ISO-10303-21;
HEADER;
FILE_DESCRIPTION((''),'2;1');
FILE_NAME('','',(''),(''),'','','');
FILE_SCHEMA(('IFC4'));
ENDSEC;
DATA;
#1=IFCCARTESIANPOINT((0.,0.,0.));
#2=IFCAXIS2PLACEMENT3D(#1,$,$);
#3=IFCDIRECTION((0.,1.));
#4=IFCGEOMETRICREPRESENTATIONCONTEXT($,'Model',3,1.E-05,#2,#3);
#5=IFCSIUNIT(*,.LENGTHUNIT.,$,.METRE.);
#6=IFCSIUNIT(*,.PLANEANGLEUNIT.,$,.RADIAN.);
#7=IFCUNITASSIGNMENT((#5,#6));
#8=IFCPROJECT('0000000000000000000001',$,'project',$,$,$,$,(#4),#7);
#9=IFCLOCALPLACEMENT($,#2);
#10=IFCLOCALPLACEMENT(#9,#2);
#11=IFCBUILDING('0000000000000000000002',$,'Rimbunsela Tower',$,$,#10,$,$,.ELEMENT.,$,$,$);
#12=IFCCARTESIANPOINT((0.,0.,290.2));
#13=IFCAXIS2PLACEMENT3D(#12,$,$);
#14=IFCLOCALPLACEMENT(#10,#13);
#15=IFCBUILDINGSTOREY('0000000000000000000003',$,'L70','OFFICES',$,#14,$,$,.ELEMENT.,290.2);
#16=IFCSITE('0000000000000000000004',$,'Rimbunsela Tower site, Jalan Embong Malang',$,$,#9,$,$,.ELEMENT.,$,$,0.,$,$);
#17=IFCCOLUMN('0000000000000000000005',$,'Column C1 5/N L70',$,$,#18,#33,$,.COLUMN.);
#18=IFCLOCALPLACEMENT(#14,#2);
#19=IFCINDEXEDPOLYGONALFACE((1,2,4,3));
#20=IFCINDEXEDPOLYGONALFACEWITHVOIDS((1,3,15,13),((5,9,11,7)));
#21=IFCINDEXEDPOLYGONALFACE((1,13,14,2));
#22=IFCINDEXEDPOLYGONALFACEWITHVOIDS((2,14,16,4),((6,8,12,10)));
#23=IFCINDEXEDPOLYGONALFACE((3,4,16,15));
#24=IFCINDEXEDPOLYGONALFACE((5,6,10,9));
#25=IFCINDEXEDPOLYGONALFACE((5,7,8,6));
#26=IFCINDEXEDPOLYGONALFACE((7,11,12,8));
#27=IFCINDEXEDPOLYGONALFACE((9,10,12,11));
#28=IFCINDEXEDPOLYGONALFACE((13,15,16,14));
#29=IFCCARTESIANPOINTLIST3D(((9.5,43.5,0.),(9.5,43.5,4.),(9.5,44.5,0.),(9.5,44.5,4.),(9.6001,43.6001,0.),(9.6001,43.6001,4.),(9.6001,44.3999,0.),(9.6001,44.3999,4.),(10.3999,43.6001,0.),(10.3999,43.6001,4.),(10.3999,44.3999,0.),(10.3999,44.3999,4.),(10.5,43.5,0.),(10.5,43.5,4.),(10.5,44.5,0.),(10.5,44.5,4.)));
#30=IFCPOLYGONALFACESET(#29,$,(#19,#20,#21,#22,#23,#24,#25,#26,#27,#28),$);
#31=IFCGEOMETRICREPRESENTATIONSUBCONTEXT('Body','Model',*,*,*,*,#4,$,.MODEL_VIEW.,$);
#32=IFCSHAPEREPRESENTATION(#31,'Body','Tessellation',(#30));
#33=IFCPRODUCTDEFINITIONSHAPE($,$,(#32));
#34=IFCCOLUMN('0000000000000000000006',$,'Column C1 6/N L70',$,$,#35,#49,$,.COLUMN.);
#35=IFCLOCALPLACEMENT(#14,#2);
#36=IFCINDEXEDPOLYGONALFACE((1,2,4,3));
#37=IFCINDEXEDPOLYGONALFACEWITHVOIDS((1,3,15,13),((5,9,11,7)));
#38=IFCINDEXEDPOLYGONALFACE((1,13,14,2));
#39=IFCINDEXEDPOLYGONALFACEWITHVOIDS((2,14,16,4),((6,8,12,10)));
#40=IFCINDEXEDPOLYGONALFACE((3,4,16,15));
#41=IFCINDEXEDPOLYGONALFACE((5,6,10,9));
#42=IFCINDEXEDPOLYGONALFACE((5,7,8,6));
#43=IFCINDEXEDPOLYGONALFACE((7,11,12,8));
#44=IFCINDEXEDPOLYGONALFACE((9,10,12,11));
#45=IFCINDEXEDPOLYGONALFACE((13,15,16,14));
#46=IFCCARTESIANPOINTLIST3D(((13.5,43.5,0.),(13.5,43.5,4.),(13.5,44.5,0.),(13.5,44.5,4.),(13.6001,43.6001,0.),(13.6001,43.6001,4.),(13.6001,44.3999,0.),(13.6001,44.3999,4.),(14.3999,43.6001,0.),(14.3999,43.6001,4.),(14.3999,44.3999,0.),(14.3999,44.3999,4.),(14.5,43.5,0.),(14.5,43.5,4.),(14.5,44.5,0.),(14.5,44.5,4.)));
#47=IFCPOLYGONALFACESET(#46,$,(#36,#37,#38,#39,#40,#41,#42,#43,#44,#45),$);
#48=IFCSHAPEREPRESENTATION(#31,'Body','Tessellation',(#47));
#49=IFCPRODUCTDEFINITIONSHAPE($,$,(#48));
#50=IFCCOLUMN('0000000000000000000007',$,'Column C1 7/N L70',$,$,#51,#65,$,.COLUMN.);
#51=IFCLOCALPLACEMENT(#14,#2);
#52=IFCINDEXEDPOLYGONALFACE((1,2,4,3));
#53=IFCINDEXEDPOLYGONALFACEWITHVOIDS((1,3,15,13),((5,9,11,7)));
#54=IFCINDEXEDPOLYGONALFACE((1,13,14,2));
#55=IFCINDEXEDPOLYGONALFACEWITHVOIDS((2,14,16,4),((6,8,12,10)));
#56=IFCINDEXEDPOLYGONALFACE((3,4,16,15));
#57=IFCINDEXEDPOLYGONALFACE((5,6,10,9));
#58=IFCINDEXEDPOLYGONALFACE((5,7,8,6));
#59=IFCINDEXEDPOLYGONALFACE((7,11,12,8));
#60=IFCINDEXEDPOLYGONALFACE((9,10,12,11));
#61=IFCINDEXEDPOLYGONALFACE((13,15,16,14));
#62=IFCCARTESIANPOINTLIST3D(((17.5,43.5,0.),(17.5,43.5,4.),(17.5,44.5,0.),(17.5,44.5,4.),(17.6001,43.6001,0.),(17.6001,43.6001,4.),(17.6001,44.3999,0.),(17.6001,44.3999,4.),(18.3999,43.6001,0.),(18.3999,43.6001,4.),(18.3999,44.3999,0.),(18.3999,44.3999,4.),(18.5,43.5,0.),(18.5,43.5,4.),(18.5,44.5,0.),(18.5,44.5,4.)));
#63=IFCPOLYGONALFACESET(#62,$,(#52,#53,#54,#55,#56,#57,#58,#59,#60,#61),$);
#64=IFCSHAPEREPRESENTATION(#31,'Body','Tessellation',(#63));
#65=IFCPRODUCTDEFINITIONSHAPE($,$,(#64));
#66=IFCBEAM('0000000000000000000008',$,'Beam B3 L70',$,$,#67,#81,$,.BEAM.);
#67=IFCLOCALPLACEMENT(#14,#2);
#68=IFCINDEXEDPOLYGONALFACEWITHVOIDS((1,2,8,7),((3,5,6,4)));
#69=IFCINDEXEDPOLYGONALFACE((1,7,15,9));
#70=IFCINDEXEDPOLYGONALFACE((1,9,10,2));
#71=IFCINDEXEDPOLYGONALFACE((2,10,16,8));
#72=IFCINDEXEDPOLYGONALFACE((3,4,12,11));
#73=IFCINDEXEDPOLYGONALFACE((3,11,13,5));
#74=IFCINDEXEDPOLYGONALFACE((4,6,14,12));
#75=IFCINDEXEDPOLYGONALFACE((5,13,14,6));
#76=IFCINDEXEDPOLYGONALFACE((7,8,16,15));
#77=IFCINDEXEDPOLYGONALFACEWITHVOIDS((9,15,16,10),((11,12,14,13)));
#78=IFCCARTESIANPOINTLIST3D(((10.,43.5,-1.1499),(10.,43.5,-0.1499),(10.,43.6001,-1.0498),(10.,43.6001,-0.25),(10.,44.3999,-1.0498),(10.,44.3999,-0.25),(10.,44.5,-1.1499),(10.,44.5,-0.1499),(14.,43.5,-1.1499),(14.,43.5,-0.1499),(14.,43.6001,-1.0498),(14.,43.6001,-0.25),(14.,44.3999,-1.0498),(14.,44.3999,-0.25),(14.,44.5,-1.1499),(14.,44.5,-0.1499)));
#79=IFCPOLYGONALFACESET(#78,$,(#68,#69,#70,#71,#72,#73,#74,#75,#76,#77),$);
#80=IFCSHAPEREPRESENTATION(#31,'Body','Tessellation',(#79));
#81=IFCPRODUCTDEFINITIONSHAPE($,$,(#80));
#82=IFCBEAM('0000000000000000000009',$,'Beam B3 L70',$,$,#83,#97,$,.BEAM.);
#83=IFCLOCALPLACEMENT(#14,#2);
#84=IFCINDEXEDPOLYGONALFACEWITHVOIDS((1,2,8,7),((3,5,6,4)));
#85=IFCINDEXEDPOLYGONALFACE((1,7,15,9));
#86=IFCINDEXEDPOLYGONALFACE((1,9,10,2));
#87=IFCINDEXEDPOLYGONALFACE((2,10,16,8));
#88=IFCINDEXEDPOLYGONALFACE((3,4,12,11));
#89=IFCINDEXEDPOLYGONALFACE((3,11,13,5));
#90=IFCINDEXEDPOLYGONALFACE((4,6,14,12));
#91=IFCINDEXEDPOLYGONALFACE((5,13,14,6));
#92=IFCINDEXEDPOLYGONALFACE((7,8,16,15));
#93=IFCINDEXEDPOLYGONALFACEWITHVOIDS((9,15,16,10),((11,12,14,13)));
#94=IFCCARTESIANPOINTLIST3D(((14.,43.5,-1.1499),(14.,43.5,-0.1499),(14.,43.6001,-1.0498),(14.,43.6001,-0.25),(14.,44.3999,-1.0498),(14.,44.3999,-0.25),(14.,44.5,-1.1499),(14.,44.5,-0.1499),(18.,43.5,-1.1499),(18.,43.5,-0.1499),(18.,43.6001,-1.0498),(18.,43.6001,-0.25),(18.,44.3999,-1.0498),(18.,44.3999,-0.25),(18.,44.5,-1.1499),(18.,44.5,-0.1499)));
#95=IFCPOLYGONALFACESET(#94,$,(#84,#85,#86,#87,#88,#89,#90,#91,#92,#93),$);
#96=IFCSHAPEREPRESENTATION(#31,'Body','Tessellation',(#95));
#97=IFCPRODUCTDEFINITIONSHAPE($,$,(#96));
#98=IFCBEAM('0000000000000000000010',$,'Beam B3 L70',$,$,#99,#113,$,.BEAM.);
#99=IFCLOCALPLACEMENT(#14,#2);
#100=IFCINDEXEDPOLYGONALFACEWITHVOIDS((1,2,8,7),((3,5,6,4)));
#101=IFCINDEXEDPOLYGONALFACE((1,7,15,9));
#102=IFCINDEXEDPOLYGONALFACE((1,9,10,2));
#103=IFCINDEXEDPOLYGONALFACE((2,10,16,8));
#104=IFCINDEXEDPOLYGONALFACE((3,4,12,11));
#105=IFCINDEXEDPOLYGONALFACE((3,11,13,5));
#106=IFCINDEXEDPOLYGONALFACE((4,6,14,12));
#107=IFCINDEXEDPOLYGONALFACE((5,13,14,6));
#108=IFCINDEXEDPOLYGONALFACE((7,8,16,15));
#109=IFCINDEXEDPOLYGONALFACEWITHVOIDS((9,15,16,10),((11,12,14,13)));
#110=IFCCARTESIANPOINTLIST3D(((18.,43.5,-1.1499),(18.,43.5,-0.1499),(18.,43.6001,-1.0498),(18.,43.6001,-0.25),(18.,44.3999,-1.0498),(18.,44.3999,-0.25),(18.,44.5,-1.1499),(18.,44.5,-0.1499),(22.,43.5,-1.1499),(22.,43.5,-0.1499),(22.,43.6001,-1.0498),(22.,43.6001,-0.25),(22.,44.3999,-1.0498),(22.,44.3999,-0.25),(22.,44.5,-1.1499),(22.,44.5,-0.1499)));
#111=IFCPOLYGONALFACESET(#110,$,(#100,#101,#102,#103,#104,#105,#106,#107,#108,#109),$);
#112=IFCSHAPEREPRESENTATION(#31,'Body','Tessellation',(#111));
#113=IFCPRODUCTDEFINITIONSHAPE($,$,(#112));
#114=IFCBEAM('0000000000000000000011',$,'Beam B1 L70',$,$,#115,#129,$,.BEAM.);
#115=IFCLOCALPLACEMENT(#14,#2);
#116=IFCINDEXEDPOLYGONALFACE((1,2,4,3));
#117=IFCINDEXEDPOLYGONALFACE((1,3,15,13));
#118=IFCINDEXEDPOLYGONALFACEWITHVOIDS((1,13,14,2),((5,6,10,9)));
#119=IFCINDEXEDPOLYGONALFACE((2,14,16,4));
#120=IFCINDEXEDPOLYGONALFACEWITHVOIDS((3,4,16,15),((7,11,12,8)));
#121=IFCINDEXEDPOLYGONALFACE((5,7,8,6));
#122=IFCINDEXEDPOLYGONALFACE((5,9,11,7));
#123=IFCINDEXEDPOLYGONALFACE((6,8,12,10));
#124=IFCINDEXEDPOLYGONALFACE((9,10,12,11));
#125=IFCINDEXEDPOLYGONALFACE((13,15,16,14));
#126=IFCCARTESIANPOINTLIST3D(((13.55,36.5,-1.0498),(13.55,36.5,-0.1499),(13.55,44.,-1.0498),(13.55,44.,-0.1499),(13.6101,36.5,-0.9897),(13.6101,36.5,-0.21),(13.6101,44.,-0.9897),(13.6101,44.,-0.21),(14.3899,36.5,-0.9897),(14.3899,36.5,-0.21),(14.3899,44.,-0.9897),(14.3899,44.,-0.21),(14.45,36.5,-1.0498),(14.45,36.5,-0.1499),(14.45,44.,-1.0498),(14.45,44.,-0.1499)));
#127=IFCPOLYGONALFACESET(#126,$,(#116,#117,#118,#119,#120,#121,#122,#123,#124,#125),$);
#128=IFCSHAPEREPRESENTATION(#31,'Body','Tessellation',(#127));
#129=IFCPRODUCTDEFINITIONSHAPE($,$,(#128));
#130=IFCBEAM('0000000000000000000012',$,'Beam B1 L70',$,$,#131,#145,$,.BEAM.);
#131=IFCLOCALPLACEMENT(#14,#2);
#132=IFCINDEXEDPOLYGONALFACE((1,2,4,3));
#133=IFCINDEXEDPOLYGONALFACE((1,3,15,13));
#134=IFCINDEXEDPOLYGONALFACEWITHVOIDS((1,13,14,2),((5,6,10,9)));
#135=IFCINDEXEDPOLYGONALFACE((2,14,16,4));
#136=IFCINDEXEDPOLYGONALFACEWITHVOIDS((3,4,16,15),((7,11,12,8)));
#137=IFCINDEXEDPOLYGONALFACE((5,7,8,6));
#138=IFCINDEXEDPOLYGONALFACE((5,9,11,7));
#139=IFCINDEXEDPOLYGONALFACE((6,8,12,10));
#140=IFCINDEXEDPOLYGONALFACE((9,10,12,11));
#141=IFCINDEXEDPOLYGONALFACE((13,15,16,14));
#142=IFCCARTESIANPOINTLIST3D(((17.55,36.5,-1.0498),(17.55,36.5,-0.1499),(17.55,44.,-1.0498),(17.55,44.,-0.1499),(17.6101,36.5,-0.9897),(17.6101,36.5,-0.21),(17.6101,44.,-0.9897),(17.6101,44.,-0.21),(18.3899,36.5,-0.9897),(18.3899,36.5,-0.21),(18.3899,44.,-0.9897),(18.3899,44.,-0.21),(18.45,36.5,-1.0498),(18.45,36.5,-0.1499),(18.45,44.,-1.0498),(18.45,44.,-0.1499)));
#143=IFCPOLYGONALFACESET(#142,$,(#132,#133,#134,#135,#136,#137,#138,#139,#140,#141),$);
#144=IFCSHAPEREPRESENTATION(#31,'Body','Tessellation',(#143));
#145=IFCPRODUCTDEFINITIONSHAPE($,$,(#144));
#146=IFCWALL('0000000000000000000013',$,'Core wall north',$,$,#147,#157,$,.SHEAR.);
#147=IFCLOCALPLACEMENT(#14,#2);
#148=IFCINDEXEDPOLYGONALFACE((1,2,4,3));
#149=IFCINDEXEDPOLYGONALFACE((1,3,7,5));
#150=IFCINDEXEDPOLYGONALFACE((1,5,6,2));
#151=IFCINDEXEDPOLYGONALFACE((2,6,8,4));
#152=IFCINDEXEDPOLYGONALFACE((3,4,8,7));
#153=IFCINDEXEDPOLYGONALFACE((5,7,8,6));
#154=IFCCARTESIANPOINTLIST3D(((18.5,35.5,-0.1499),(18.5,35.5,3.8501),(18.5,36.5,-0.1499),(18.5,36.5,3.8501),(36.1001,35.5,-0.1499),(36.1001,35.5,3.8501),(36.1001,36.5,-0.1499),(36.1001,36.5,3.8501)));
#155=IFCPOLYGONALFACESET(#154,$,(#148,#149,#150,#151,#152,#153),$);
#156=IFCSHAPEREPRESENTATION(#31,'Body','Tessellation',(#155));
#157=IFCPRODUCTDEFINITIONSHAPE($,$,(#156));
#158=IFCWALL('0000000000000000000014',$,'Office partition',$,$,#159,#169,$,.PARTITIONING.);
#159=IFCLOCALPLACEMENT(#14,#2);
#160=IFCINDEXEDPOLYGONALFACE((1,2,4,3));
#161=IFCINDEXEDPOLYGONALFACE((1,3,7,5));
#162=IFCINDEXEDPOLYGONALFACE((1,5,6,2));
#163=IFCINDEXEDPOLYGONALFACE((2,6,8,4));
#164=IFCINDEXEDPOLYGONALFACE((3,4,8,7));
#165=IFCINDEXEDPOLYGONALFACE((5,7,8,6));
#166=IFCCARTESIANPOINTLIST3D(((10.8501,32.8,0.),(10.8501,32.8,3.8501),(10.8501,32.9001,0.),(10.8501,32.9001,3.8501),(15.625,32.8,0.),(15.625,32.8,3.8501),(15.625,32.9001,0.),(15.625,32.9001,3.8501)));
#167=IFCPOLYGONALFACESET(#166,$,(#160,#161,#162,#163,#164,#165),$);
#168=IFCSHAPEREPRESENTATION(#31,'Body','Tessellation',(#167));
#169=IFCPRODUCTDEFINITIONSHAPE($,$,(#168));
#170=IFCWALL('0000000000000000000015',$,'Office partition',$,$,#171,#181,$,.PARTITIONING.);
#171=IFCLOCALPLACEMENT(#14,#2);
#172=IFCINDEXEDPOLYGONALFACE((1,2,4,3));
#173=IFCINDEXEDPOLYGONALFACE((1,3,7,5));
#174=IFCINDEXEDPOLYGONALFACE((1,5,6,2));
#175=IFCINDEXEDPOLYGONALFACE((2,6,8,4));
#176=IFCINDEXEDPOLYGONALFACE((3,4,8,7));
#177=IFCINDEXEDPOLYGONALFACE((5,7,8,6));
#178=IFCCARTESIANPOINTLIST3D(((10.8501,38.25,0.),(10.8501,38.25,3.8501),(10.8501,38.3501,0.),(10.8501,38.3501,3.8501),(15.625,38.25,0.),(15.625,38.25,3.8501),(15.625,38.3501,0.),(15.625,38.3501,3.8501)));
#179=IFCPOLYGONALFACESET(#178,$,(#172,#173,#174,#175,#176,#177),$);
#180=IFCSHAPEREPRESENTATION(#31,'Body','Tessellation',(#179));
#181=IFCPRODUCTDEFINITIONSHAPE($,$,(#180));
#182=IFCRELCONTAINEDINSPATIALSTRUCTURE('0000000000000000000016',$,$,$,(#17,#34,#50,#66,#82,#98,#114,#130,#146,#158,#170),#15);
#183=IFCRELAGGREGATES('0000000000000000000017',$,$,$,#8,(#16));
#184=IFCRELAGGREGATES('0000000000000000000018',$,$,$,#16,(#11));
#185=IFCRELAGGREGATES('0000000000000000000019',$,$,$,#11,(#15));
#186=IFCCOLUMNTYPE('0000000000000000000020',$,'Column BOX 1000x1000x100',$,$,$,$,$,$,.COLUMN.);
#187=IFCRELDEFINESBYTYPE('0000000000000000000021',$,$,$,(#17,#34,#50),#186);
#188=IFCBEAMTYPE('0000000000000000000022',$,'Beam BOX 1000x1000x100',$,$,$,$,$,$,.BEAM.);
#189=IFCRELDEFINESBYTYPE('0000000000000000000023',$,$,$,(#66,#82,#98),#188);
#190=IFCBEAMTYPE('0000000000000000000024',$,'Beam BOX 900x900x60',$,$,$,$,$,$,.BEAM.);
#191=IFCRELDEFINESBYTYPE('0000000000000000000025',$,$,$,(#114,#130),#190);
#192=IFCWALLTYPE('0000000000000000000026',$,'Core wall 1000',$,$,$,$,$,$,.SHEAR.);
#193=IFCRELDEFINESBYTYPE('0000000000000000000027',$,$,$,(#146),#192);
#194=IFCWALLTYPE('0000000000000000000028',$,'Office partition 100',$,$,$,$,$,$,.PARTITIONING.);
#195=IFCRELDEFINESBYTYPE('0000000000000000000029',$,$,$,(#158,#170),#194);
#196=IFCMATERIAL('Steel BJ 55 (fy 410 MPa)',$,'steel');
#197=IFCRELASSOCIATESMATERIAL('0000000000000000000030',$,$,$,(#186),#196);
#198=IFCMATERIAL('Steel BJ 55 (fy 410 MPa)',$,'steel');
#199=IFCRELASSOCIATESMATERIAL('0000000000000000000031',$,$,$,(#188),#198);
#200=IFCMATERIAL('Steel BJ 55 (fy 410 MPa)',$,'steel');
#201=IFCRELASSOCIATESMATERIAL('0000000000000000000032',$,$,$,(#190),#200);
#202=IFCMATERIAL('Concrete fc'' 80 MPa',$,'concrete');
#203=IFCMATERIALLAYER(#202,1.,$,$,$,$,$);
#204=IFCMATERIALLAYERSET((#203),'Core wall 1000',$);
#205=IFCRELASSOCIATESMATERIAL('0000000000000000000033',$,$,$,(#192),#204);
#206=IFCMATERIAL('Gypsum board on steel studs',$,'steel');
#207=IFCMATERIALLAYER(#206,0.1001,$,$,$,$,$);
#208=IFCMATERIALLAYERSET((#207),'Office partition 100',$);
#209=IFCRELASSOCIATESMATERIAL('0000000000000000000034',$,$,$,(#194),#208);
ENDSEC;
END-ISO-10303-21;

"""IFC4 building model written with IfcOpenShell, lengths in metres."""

from ifc_helpers import new_model, si_unit, direction, frame, frame_2d, origin, origin_2d, place, context, subcontext, project, spatial, rectangle, hollow_rectangle, extrude, material, layer, layer_set, material_profile, profile_set, type_object, element, save


model = new_model("IFC4")

# Units and contexts
model_context = context("Model", 3, precision=1e-05, world=origin(), true_north=direction((0.0, 1.0)))
body_context = subcontext(model_context, "Body", "Model", "MODEL_VIEW")
ifc_project = project(units=[si_unit("LENGTHUNIT", "METRE"), si_unit("PLANEANGLEUNIT", "RADIAN")], contexts=[model_context])

# Site, building, storey
site_placement = place(None, origin())
site = spatial("IfcSite", under=ifc_project, at=site_placement, Name="Rimbunsela Tower site, Jalan Embong Malang", CompositionType="ELEMENT", RefElevation=0.0)
building_placement = place(site_placement, origin())
building = spatial("IfcBuilding", under=site, at=building_placement, Name="Rimbunsela Tower", CompositionType="ELEMENT")
storey_placement = place(building_placement, frame((0.0, 0.0, 290.2)))
storey = spatial("IfcBuildingStorey", under=building, at=storey_placement, Name="L70", Description="OFFICES", CompositionType="ELEMENT", Elevation=290.2)

# Columns
ifc_material_1 = material(Name="Steel BJ 55 (fy 410 MPa)", Category="steel")
ifc_material_profile_1 = material_profile(ifc_material_1, hollow_rectangle(XDim=1.0, YDim=1.0, WallThickness=0.1001, at=origin_2d()), Name="BOX 1000x1000x100")
ifc_profile_set_1 = profile_set([ifc_material_profile_1], Name="Steel BJ 55 (fy 410 MPa)")
column_type = type_object("IfcColumnType", Name="Column BOX 1000x1000x100", PredefinedType="COLUMN", material=ifc_profile_set_1)
for number, where, z_axis, x_axis, name in (
    (1, (10.0, 44.0, 0.0), (0.0, 0.0, 1.0), (1.0, 0.0, 0.0), "Column C1 5/N L70"),
    (2, (14.0, 44.0, 0.0), (0.0, 0.0, 1.0), (1.0, 0.0, 0.0), "Column C1 6/N L70"),
    (3, (18.0, 44.0, 0.0), (0.0, 0.0, 1.0), (1.0, 0.0, 0.0), "Column C1 7/N L70"),
):
    element("IfcColumn", number, at=place(storey_placement, frame(where, z_axis=z_axis, x_axis=x_axis)), inside=storey, type_object=column_type, Name=name, PredefinedType="COLUMN", context=body_context, shape_type="SweptSolid", body=[
        extrude(hollow_rectangle(XDim=1.0, YDim=1.0, WallThickness=0.1001, at=origin_2d()), origin(), (0.0, 0.0, 1.0), 4.0),
    ])

# Beams
ifc_material_2 = material(Name="Steel BJ 55 (fy 410 MPa)", Category="steel")
ifc_material_profile_2 = material_profile(ifc_material_2, hollow_rectangle(XDim=1.0, YDim=1.0, WallThickness=0.1001, at=origin_2d()), Name="BOX 1000x1000x100")
ifc_profile_set_2 = profile_set([ifc_material_profile_2], Name="Steel BJ 55 (fy 410 MPa)")
beam_type_1 = type_object("IfcBeamType", Name="Beam BOX 1000x1000x100", PredefinedType="BEAM", material=ifc_profile_set_2)
for number, where, z_axis, x_axis, name in (
    (4, (10.0, 44.0, -0.6499), (1.0, 0.0, 0.0), (0.0, 1.0, 0.0), "Beam B3 L70"),
    (5, (14.0, 44.0, -0.6499), (1.0, 0.0, 0.0), (0.0, 1.0, 0.0), "Beam B3 L70"),
    (6, (18.0, 44.0, -0.6499), (1.0, 0.0, 0.0), (0.0, 1.0, 0.0), "Beam B3 L70"),
):
    element("IfcBeam", number, at=place(storey_placement, frame(where, z_axis=z_axis, x_axis=x_axis)), inside=storey, type_object=beam_type_1, Name=name, PredefinedType="BEAM", context=body_context, shape_type="SweptSolid", body=[
        extrude(hollow_rectangle(XDim=1.0, YDim=1.0, WallThickness=0.1001, at=origin_2d()), origin(), (0.0, 0.0, 1.0), 4.0),
    ])
ifc_material_3 = material(Name="Steel BJ 55 (fy 410 MPa)", Category="steel")
ifc_material_profile_3 = material_profile(ifc_material_3, hollow_rectangle(XDim=0.8999, YDim=0.8999, WallThickness=0.0601, at=origin_2d()), Name="BOX 900x900x60")
ifc_profile_set_3 = profile_set([ifc_material_profile_3], Name="Steel BJ 55 (fy 410 MPa)")
beam_type_2 = type_object("IfcBeamType", Name="Beam BOX 900x900x60", PredefinedType="BEAM", material=ifc_profile_set_3)
for number, where, z_axis, x_axis, name in (
    (7, (14.0, 36.5, -0.5999), (0.0, 1.0, 0.0), (-1.0, 0.0, 0.0), "Beam B1 L70"),
    (8, (18.0, 36.5, -0.5999), (0.0, 1.0, 0.0), (-1.0, 0.0, 0.0), "Beam B1 L70"),
):
    element("IfcBeam", number, at=place(storey_placement, frame(where, z_axis=z_axis, x_axis=x_axis)), inside=storey, type_object=beam_type_2, Name=name, PredefinedType="BEAM", context=body_context, shape_type="SweptSolid", body=[
        extrude(hollow_rectangle(XDim=0.8999, YDim=0.8999, WallThickness=0.0601, at=origin_2d()), origin(), (0.0, 0.0, 1.0), 7.5),
    ])

# Walls
ifc_material_4 = material(Name="Concrete fc' 80 MPa", Category="concrete")
ifc_layer_1 = layer(ifc_material_4, 1.0)
ifc_layer_set_1 = layer_set([ifc_layer_1], Name="Core wall 1000")
wall_type_1 = type_object("IfcWallType", Name="Core wall 1000", PredefinedType="SHEAR", material=ifc_layer_set_1)
wall_1_placement = place(storey_placement, frame((18.5, 36.0, -0.1499), z_axis=(0.0, 0.0, 1.0), x_axis=(1.0, 0.0, 0.0)))
element("IfcWall", 9, at=wall_1_placement, inside=storey, type_object=wall_type_1, Name="Core wall north", PredefinedType="SHEAR", context=body_context, shape_type="SweptSolid", body=[
    extrude(rectangle(XDim=17.6001, YDim=1.0, at=frame_2d((8.8, 0.0))), origin(), (0.0, 0.0, 1.0), 4.0),
])
ifc_material_5 = material(Name="Gypsum board on steel studs", Category="steel")
ifc_layer_2 = layer(ifc_material_5, 0.1001)
ifc_layer_set_2 = layer_set([ifc_layer_2], Name="Office partition 100")
wall_type_2 = type_object("IfcWallType", Name="Office partition 100", PredefinedType="PARTITIONING", material=ifc_layer_set_2)
for number, where, z_axis, x_axis, name in (
    (10, (10.8501, 32.8501, 0.0), (0.0, 0.0, 1.0), (1.0, 0.0, 0.0), "Office partition"),
    (11, (10.8501, 38.3, 0.0), (0.0, 0.0, 1.0), (1.0, 0.0, 0.0), "Office partition"),
):
    element("IfcWall", number, at=place(storey_placement, frame(where, z_axis=z_axis, x_axis=x_axis)), inside=storey, type_object=wall_type_2, Name=name, PredefinedType="PARTITIONING", context=body_context, shape_type="SweptSolid", body=[
        extrude(rectangle(XDim=4.7749, YDim=0.1001, at=frame_2d((2.3875, 0.0))), origin(), (0.0, 0.0, 1.0), 3.8501),
    ])

save(model, "model.ifc")
